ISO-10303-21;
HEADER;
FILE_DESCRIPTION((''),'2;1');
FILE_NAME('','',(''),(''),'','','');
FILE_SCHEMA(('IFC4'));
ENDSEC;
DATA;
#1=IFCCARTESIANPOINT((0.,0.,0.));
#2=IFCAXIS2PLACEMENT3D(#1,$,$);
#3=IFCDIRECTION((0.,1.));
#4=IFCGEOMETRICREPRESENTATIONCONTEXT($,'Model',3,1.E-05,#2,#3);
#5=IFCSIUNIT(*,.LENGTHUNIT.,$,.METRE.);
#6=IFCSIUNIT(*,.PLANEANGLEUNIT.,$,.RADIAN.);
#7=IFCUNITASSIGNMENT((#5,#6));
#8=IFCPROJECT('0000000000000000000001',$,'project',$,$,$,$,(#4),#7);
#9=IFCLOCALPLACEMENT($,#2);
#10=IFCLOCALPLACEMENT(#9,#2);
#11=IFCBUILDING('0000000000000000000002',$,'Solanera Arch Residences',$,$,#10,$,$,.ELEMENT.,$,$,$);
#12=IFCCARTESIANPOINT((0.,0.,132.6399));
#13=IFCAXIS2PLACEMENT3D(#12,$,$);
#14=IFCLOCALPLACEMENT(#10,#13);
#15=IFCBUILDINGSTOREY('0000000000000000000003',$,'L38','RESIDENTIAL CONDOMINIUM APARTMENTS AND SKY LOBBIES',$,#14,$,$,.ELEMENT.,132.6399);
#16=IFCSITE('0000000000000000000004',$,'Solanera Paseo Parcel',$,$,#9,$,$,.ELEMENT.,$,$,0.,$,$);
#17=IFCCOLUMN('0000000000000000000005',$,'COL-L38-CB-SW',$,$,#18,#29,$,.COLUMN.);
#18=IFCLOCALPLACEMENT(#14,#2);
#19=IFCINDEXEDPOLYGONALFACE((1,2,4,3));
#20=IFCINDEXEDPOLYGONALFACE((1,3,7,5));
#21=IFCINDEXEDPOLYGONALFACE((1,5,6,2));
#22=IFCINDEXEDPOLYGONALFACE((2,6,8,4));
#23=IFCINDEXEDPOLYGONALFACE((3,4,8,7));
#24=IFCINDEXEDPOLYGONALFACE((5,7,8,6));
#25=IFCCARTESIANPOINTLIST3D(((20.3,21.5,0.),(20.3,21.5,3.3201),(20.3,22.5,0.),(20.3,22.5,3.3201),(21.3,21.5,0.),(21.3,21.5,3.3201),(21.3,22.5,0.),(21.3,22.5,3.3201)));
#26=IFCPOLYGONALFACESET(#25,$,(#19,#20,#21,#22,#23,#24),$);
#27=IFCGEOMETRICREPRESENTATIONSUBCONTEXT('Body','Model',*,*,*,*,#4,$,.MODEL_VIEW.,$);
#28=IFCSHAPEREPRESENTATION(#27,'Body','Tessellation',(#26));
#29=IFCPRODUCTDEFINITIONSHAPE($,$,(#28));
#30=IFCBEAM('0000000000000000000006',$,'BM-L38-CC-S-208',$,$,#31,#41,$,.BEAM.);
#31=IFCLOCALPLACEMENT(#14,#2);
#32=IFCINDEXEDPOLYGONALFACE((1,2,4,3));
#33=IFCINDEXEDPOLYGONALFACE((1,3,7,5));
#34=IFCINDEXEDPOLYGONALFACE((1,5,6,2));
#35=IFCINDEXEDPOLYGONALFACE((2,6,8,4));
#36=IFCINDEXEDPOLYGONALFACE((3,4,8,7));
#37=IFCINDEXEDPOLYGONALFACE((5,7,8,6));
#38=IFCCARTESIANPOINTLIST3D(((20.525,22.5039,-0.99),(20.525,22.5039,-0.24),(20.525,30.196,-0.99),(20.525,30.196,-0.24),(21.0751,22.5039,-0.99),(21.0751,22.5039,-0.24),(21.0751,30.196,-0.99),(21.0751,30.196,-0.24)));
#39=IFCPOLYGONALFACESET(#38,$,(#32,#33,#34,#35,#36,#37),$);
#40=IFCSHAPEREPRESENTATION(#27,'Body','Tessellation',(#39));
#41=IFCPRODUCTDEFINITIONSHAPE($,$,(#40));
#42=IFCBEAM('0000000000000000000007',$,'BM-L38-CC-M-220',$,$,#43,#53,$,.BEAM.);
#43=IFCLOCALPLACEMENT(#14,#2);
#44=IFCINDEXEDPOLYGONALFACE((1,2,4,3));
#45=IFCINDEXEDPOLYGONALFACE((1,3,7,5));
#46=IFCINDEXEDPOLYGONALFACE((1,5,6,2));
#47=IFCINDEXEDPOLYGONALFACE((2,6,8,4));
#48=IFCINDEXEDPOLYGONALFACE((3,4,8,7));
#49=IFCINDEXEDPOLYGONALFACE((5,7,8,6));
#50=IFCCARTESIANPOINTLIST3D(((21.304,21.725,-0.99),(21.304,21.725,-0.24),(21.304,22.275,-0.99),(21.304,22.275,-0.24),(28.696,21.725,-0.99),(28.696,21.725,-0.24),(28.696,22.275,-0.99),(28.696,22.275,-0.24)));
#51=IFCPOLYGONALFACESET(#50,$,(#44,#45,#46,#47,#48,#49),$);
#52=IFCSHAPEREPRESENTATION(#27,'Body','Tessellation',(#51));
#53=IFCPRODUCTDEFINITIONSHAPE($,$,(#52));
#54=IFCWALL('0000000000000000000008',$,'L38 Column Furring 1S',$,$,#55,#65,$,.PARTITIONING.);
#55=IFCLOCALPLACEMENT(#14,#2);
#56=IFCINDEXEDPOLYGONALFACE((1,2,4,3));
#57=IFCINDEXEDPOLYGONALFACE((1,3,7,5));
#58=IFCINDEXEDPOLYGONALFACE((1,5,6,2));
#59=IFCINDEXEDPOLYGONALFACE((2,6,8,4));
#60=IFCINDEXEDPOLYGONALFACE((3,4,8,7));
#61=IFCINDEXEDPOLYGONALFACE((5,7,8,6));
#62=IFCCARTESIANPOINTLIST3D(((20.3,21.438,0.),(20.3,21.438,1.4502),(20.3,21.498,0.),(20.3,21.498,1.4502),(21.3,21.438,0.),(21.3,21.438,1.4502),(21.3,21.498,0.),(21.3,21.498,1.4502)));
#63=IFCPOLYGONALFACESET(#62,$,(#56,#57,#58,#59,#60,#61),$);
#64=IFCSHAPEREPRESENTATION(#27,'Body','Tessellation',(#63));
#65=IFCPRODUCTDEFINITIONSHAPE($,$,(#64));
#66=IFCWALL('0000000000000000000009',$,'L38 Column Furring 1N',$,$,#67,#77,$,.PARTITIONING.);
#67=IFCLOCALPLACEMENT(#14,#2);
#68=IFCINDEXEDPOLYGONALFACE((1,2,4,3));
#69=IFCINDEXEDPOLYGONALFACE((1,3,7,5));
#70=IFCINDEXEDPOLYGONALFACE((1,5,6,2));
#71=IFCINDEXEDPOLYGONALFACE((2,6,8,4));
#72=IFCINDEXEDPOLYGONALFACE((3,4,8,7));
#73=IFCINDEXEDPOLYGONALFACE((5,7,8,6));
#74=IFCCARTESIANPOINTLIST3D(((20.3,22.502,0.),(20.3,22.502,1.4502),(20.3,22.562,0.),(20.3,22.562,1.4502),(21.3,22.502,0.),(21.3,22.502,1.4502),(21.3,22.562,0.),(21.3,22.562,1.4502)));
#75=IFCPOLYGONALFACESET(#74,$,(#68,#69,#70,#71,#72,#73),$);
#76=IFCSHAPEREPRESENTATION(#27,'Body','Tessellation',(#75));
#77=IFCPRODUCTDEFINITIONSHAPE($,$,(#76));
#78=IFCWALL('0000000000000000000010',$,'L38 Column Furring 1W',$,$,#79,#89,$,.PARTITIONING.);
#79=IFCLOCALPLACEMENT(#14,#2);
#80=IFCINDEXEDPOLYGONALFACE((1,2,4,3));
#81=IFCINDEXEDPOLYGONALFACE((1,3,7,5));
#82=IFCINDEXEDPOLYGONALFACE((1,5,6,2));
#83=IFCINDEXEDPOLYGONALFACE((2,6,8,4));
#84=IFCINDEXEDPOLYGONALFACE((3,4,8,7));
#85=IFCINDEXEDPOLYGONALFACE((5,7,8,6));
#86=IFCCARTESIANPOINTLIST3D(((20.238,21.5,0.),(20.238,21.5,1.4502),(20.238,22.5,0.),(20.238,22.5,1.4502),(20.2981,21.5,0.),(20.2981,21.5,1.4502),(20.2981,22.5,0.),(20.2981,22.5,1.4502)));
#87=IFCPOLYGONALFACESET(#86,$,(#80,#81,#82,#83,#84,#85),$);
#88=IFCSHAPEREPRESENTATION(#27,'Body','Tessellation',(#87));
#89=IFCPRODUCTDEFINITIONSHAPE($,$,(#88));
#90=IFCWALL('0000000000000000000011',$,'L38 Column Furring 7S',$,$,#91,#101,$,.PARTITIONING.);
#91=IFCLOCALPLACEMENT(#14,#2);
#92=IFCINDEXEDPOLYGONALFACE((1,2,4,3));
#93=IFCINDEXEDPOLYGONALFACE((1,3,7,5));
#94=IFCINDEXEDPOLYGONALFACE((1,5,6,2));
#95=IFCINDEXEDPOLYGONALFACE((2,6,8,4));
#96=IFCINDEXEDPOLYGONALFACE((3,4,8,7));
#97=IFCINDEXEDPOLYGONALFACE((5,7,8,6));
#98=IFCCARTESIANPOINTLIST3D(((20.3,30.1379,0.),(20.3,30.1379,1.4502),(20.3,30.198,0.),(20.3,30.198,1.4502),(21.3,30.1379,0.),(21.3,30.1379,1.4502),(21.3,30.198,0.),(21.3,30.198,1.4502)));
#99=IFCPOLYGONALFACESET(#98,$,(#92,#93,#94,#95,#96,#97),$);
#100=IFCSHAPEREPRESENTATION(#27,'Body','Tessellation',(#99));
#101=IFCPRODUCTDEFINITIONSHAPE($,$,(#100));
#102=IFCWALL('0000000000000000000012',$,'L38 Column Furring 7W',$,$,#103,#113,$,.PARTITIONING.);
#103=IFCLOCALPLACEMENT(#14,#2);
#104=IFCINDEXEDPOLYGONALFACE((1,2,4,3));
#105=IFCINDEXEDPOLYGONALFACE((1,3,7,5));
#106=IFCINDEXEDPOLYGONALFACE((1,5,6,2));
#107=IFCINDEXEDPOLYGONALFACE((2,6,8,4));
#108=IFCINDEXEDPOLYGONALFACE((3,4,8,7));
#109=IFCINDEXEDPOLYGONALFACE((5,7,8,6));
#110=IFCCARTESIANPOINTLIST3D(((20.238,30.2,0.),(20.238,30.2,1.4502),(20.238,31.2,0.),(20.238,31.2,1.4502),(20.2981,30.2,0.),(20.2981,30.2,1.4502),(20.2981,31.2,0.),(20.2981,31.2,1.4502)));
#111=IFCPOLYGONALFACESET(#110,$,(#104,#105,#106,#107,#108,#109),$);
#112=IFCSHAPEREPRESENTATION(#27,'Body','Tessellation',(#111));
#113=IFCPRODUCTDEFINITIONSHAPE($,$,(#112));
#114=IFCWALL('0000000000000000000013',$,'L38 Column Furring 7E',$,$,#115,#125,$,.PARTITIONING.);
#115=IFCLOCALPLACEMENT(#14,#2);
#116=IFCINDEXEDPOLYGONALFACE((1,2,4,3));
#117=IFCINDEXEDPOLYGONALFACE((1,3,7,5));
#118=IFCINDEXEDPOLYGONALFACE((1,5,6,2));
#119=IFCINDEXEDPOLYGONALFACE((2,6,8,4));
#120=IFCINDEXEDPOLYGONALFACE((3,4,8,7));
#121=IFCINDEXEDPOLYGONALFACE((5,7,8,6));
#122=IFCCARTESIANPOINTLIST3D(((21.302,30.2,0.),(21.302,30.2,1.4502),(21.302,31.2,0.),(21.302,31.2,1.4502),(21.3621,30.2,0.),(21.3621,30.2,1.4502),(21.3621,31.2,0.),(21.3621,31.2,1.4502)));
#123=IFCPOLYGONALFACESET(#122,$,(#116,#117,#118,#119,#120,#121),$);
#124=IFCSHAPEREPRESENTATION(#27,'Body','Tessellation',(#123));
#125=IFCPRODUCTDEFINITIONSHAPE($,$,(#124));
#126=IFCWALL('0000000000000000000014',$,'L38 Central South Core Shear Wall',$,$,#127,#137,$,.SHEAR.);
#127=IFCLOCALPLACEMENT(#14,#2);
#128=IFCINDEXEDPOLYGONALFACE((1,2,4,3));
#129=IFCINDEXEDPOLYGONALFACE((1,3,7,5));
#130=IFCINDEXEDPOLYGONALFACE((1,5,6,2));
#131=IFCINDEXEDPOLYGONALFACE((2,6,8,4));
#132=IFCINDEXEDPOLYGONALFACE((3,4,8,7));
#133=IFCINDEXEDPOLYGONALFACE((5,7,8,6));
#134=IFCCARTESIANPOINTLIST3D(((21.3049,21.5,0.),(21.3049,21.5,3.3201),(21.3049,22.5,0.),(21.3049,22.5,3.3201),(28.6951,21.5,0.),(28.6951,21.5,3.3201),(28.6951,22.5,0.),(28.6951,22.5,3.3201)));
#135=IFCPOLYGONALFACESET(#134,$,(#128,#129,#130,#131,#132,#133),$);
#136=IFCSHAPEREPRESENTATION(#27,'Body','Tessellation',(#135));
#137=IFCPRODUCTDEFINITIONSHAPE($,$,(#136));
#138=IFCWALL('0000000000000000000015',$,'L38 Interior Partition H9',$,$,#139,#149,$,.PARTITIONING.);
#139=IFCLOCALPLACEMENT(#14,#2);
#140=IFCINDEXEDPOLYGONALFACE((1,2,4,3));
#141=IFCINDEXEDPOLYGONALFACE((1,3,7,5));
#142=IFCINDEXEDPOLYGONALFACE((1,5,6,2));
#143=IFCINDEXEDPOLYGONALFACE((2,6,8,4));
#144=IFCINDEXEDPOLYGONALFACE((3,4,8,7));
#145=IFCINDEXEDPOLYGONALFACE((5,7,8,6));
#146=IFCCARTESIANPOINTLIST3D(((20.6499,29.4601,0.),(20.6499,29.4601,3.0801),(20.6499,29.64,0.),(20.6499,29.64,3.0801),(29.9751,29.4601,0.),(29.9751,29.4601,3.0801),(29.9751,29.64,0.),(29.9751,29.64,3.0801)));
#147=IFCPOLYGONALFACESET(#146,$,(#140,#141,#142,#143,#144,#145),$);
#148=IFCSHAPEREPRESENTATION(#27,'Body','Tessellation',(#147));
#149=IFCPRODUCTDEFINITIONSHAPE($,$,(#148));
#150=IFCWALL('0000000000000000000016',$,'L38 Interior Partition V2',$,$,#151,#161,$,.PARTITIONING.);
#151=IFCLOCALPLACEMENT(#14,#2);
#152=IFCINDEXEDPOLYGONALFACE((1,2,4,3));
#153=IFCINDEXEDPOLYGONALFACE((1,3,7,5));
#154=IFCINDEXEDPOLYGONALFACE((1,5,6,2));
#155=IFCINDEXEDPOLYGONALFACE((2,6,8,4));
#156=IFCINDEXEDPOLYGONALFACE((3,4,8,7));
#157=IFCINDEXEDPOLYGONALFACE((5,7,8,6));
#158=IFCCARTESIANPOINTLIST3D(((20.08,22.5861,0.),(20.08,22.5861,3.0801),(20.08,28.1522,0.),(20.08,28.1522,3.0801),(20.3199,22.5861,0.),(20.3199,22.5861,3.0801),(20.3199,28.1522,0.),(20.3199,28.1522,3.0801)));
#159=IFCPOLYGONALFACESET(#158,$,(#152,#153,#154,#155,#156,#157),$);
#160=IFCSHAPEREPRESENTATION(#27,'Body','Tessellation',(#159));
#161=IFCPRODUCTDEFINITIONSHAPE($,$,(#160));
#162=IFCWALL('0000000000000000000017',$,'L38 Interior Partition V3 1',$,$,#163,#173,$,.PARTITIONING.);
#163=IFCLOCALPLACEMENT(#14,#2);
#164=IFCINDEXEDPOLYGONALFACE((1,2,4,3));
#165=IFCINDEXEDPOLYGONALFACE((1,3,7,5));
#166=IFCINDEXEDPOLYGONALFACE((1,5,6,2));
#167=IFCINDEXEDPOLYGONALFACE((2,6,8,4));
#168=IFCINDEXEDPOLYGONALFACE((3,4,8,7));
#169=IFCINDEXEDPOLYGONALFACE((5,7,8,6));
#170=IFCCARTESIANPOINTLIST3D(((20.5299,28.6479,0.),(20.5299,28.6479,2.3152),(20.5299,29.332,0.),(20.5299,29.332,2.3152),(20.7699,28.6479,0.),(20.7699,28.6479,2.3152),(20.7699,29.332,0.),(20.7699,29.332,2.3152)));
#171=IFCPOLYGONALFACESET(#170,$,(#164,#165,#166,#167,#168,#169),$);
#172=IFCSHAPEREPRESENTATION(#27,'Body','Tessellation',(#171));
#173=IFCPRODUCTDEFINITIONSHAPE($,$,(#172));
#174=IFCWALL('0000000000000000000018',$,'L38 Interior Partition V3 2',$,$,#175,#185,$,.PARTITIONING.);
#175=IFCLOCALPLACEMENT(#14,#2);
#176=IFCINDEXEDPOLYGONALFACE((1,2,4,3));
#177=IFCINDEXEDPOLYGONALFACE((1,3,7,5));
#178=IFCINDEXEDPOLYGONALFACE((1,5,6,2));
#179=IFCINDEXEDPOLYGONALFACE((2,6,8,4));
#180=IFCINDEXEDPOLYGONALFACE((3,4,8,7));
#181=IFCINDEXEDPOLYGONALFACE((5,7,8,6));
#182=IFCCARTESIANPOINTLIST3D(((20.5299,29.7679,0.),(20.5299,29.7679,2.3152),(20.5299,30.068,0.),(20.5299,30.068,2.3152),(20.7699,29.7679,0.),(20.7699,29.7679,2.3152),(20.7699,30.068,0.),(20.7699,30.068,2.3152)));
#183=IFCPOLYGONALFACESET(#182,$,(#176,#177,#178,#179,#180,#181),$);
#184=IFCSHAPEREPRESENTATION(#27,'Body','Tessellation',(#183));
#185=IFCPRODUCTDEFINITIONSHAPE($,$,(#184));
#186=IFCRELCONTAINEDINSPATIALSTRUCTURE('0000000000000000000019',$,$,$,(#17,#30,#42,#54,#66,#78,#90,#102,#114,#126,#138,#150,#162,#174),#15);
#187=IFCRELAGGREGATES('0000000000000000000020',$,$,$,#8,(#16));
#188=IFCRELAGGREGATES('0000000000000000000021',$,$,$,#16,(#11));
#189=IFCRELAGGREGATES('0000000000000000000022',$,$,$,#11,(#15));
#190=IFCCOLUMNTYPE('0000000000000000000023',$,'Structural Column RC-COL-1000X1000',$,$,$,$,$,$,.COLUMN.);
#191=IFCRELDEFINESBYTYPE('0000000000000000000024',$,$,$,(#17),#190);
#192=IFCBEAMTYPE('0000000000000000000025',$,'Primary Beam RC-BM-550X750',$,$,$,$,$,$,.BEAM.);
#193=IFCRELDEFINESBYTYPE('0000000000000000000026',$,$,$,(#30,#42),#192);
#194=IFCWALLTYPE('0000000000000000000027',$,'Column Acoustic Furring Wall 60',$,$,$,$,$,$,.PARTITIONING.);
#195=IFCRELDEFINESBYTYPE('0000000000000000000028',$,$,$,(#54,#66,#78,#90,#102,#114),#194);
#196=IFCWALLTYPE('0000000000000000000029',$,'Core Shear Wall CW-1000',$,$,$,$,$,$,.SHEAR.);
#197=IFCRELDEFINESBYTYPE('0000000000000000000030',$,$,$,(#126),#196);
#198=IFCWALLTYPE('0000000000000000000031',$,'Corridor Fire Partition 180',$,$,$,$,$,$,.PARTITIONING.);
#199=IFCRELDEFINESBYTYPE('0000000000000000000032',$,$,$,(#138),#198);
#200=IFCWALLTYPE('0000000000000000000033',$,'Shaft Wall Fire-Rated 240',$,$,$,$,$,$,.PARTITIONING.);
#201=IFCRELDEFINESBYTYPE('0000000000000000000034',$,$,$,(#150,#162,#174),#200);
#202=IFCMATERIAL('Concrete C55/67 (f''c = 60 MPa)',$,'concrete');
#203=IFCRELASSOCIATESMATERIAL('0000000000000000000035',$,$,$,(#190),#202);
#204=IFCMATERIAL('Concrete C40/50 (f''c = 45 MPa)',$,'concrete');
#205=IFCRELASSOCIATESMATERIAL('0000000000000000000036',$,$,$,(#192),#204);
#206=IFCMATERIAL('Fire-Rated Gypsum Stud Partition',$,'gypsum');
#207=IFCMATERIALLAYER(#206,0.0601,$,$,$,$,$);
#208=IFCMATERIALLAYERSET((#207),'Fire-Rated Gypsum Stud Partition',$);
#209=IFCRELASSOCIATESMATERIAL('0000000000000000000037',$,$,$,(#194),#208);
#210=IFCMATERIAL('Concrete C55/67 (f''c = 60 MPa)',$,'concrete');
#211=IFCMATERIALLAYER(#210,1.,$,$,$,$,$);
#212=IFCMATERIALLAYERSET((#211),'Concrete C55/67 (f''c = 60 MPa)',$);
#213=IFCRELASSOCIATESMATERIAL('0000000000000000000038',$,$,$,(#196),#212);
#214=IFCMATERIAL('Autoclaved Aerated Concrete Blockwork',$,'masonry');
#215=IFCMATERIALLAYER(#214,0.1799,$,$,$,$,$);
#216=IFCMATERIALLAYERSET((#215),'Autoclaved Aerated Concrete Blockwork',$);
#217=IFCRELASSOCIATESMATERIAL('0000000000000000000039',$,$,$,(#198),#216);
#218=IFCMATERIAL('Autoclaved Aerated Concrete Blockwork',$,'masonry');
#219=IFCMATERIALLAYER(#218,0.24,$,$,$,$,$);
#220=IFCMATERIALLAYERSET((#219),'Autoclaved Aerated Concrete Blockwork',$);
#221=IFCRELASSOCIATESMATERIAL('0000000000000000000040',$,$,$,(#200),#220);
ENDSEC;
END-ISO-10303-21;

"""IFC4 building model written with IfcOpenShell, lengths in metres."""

from ifc_helpers import new_model, si_unit, direction, frame, frame_2d, origin, origin_2d, place, context, subcontext, project, spatial, rectangle, extrude, material, layer, layer_set, material_profile, profile_set, type_object, element, save


model = new_model("IFC4")

# Units and contexts
model_context = context("Model", 3, precision=1e-05, world=origin(), true_north=direction((0.0, 1.0)))
body_context = subcontext(model_context, "Body", "Model", "MODEL_VIEW")
ifc_project = project(units=[si_unit("LENGTHUNIT", "METRE"), si_unit("PLANEANGLEUNIT", "RADIAN")], contexts=[model_context])

# Site, building, storey
site_placement = place(None, origin())
site = spatial("IfcSite", under=ifc_project, at=site_placement, Name="Solanera Paseo Parcel", CompositionType="ELEMENT", RefElevation=0.0)
building_placement = place(site_placement, origin())
building = spatial("IfcBuilding", under=site, at=building_placement, Name="Solanera Arch Residences", CompositionType="ELEMENT")
storey_placement = place(building_placement, frame((0.0, 0.0, 132.6399)))
storey = spatial("IfcBuildingStorey", under=building, at=storey_placement, Name="L38", Description="RESIDENTIAL CONDOMINIUM APARTMENTS AND SKY LOBBIES", CompositionType="ELEMENT", Elevation=132.6399)

# Column
ifc_material_1 = material(Name="Concrete C55/67 (f'c = 60 MPa)", Category="concrete")
ifc_material_profile_1 = material_profile(ifc_material_1, rectangle(XDim=1.0, YDim=1.0, at=origin_2d()))
ifc_profile_set_1 = profile_set([ifc_material_profile_1], Name="Concrete C55/67 (f'c = 60 MPa)")
column_type = type_object("IfcColumnType", Name="Structural Column RC-COL-1000X1000", PredefinedType="COLUMN", material=ifc_profile_set_1)
column_placement = place(storey_placement, frame((20.8, 22.0, 0.0), z_axis=(0.0, 0.0, 1.0), x_axis=(1.0, 0.0, 0.0)))
element("IfcColumn", 1, at=column_placement, inside=storey, type_object=column_type, Name="COL-L38-CB-SW", PredefinedType="COLUMN", context=body_context, shape_type="SweptSolid", body=[
    extrude(rectangle(XDim=1.0, YDim=1.0, at=origin_2d()), origin(), (0.0, 0.0, 1.0), 3.3201),
])

# Beams
ifc_material_2 = material(Name="Concrete C40/50 (f'c = 45 MPa)", Category="concrete")
ifc_material_profile_2 = material_profile(ifc_material_2, rectangle(XDim=0.55, YDim=0.75, at=origin_2d()))
ifc_profile_set_2 = profile_set([ifc_material_profile_2], Name="Concrete C40/50 (f'c = 45 MPa)")
beam_type = type_object("IfcBeamType", Name="Primary Beam RC-BM-550X750", PredefinedType="BEAM", material=ifc_profile_set_2)
beam_1_placement = place(storey_placement, frame((20.8, 22.5039, -0.615), z_axis=(0.0, 1.0, 0.0), x_axis=(-1.0, 0.0, 0.0)))
element("IfcBeam", 2, at=beam_1_placement, inside=storey, type_object=beam_type, Name="BM-L38-CC-S-208", PredefinedType="BEAM", context=body_context, shape_type="SweptSolid", body=[
    extrude(rectangle(XDim=0.55, YDim=0.75, at=origin_2d()), origin(), (0.0, 0.0, 1.0), 7.6921),
])
beam_2_placement = place(storey_placement, frame((21.304, 22.0, -0.615), z_axis=(1.0, 0.0, 0.0), x_axis=(0.0, 1.0, 0.0)))
element("IfcBeam", 3, at=beam_2_placement, inside=storey, type_object=beam_type, Name="BM-L38-CC-M-220", PredefinedType="BEAM", context=body_context, shape_type="SweptSolid", body=[
    extrude(rectangle(XDim=0.55, YDim=0.75, at=origin_2d()), origin(), (0.0, 0.0, 1.0), 7.3921),
])

# Walls
ifc_material_3 = material(Name="Fire-Rated Gypsum Stud Partition", Category="gypsum")
ifc_layer_1 = layer(ifc_material_3, 0.0601)
ifc_layer_set_1 = layer_set([ifc_layer_1], Name="Fire-Rated Gypsum Stud Partition")
wall_type_1 = type_object("IfcWallType", Name="Column Acoustic Furring Wall 60", PredefinedType="PARTITIONING", material=ifc_layer_set_1)
for number, where, z_axis, x_axis, name in (
    (4, (20.3, 21.468, 0.0), (0.0, 0.0, 1.0), (1.0, 0.0, 0.0), "L38 Column Furring 1S"),
    (5, (20.3, 22.532, 0.0), (0.0, 0.0, 1.0), (1.0, 0.0, 0.0), "L38 Column Furring 1N"),
    (6, (20.2681, 21.5, 0.0), (0.0, 0.0, 1.0), (0.0, 1.0, 0.0), "L38 Column Furring 1W"),
    (7, (20.3, 30.168, 0.0), (0.0, 0.0, 1.0), (1.0, 0.0, 0.0), "L38 Column Furring 7S"),
    (8, (20.2681, 30.2, 0.0), (0.0, 0.0, 1.0), (0.0, 1.0, 0.0), "L38 Column Furring 7W"),
    (9, (21.332, 30.2, 0.0), (0.0, 0.0, 1.0), (0.0, 1.0, 0.0), "L38 Column Furring 7E"),
):
    element("IfcWall", number, at=place(storey_placement, frame(where, z_axis=z_axis, x_axis=x_axis)), inside=storey, type_object=wall_type_1, Name=name, PredefinedType="PARTITIONING", context=body_context, shape_type="SweptSolid", body=[
        extrude(rectangle(XDim=1.0, YDim=0.0601, at=frame_2d((0.5, 0.0))), origin(), (0.0, 0.0, 1.0), 1.4502),
    ])
ifc_material_4 = material(Name="Concrete C55/67 (f'c = 60 MPa)", Category="concrete")
ifc_layer_2 = layer(ifc_material_4, 1.0)
ifc_layer_set_2 = layer_set([ifc_layer_2], Name="Concrete C55/67 (f'c = 60 MPa)")
wall_type_2 = type_object("IfcWallType", Name="Core Shear Wall CW-1000", PredefinedType="SHEAR", material=ifc_layer_set_2)
wall_1_placement = place(storey_placement, frame((21.3049, 22.0, 0.0), z_axis=(0.0, 0.0, 1.0), x_axis=(1.0, 0.0, 0.0)))
element("IfcWall", 10, at=wall_1_placement, inside=storey, type_object=wall_type_2, Name="L38 Central South Core Shear Wall", PredefinedType="SHEAR", context=body_context, shape_type="SweptSolid", body=[
    extrude(rectangle(XDim=7.3901, YDim=1.0, at=frame_2d((3.6951, 0.0))), origin(), (0.0, 0.0, 1.0), 3.3201),
])

# Wall
ifc_material_5 = material(Name="Autoclaved Aerated Concrete Blockwork", Category="masonry")
ifc_layer_3 = layer(ifc_material_5, 0.1799)
ifc_layer_set_3 = layer_set([ifc_layer_3], Name="Autoclaved Aerated Concrete Blockwork")
wall_type_3 = type_object("IfcWallType", Name="Corridor Fire Partition 180", PredefinedType="PARTITIONING", material=ifc_layer_set_3)
wall_2_placement = place(storey_placement, frame((20.6499, 29.55, 0.0), z_axis=(0.0, 0.0, 1.0), x_axis=(1.0, 0.0, 0.0)))
element("IfcWall", 11, at=wall_2_placement, inside=storey, type_object=wall_type_3, Name="L38 Interior Partition H9", PredefinedType="PARTITIONING", context=body_context, shape_type="SweptSolid", body=[
    extrude(rectangle(XDim=9.3252, YDim=0.1799, at=frame_2d((4.6626, 0.0))), origin(), (0.0, 0.0, 1.0), 3.0801),
])

# Shared definitions
ifc_material_6 = material(Name="Autoclaved Aerated Concrete Blockwork", Category="masonry")
ifc_layer_4 = layer(ifc_material_6, 0.24)
ifc_layer_set_4 = layer_set([ifc_layer_4], Name="Autoclaved Aerated Concrete Blockwork")
wall_type_4 = type_object("IfcWallType", Name="Shaft Wall Fire-Rated 240", PredefinedType="PARTITIONING", material=ifc_layer_set_4)

# Walls
wall_3_placement = place(storey_placement, frame((20.2, 22.5859, 0.0), z_axis=(0.0, 0.0, 1.0), x_axis=(0.0, 1.0, 0.0)))
element("IfcWall", 12, at=wall_3_placement, inside=storey, type_object=wall_type_4, Name="L38 Interior Partition V2", PredefinedType="PARTITIONING", context=body_context, shape_type="SweptSolid", body=[
    extrude(rectangle(XDim=5.5662, YDim=0.24, at=frame_2d((2.7832, 0.0))), origin(), (0.0, 0.0, 1.0), 3.0801),
])
wall_4_placement = place(storey_placement, frame((20.6499, 28.6479, 0.0), z_axis=(0.0, 0.0, 1.0), x_axis=(0.0, 1.0, 0.0)))
element("IfcWall", 13, at=wall_4_placement, inside=storey, type_object=wall_type_4, Name="L38 Interior Partition V3 1", PredefinedType="PARTITIONING", context=body_context, shape_type="SweptSolid", body=[
    extrude(rectangle(XDim=0.6841, YDim=0.24, at=frame_2d((0.342, 0.0))), origin(), (0.0, 0.0, 1.0), 2.3152),
])
wall_5_placement = place(storey_placement, frame((20.6499, 29.7681, 0.0), z_axis=(0.0, 0.0, 1.0), x_axis=(0.0, 1.0, 0.0)))
element("IfcWall", 14, at=wall_5_placement, inside=storey, type_object=wall_type_4, Name="L38 Interior Partition V3 2", PredefinedType="PARTITIONING", context=body_context, shape_type="SweptSolid", body=[
    extrude(rectangle(XDim=0.3, YDim=0.24, at=frame_2d((0.1499, 0.0))), origin(), (0.0, 0.0, 1.0), 2.3152),
])

save(model, "model.ifc")
